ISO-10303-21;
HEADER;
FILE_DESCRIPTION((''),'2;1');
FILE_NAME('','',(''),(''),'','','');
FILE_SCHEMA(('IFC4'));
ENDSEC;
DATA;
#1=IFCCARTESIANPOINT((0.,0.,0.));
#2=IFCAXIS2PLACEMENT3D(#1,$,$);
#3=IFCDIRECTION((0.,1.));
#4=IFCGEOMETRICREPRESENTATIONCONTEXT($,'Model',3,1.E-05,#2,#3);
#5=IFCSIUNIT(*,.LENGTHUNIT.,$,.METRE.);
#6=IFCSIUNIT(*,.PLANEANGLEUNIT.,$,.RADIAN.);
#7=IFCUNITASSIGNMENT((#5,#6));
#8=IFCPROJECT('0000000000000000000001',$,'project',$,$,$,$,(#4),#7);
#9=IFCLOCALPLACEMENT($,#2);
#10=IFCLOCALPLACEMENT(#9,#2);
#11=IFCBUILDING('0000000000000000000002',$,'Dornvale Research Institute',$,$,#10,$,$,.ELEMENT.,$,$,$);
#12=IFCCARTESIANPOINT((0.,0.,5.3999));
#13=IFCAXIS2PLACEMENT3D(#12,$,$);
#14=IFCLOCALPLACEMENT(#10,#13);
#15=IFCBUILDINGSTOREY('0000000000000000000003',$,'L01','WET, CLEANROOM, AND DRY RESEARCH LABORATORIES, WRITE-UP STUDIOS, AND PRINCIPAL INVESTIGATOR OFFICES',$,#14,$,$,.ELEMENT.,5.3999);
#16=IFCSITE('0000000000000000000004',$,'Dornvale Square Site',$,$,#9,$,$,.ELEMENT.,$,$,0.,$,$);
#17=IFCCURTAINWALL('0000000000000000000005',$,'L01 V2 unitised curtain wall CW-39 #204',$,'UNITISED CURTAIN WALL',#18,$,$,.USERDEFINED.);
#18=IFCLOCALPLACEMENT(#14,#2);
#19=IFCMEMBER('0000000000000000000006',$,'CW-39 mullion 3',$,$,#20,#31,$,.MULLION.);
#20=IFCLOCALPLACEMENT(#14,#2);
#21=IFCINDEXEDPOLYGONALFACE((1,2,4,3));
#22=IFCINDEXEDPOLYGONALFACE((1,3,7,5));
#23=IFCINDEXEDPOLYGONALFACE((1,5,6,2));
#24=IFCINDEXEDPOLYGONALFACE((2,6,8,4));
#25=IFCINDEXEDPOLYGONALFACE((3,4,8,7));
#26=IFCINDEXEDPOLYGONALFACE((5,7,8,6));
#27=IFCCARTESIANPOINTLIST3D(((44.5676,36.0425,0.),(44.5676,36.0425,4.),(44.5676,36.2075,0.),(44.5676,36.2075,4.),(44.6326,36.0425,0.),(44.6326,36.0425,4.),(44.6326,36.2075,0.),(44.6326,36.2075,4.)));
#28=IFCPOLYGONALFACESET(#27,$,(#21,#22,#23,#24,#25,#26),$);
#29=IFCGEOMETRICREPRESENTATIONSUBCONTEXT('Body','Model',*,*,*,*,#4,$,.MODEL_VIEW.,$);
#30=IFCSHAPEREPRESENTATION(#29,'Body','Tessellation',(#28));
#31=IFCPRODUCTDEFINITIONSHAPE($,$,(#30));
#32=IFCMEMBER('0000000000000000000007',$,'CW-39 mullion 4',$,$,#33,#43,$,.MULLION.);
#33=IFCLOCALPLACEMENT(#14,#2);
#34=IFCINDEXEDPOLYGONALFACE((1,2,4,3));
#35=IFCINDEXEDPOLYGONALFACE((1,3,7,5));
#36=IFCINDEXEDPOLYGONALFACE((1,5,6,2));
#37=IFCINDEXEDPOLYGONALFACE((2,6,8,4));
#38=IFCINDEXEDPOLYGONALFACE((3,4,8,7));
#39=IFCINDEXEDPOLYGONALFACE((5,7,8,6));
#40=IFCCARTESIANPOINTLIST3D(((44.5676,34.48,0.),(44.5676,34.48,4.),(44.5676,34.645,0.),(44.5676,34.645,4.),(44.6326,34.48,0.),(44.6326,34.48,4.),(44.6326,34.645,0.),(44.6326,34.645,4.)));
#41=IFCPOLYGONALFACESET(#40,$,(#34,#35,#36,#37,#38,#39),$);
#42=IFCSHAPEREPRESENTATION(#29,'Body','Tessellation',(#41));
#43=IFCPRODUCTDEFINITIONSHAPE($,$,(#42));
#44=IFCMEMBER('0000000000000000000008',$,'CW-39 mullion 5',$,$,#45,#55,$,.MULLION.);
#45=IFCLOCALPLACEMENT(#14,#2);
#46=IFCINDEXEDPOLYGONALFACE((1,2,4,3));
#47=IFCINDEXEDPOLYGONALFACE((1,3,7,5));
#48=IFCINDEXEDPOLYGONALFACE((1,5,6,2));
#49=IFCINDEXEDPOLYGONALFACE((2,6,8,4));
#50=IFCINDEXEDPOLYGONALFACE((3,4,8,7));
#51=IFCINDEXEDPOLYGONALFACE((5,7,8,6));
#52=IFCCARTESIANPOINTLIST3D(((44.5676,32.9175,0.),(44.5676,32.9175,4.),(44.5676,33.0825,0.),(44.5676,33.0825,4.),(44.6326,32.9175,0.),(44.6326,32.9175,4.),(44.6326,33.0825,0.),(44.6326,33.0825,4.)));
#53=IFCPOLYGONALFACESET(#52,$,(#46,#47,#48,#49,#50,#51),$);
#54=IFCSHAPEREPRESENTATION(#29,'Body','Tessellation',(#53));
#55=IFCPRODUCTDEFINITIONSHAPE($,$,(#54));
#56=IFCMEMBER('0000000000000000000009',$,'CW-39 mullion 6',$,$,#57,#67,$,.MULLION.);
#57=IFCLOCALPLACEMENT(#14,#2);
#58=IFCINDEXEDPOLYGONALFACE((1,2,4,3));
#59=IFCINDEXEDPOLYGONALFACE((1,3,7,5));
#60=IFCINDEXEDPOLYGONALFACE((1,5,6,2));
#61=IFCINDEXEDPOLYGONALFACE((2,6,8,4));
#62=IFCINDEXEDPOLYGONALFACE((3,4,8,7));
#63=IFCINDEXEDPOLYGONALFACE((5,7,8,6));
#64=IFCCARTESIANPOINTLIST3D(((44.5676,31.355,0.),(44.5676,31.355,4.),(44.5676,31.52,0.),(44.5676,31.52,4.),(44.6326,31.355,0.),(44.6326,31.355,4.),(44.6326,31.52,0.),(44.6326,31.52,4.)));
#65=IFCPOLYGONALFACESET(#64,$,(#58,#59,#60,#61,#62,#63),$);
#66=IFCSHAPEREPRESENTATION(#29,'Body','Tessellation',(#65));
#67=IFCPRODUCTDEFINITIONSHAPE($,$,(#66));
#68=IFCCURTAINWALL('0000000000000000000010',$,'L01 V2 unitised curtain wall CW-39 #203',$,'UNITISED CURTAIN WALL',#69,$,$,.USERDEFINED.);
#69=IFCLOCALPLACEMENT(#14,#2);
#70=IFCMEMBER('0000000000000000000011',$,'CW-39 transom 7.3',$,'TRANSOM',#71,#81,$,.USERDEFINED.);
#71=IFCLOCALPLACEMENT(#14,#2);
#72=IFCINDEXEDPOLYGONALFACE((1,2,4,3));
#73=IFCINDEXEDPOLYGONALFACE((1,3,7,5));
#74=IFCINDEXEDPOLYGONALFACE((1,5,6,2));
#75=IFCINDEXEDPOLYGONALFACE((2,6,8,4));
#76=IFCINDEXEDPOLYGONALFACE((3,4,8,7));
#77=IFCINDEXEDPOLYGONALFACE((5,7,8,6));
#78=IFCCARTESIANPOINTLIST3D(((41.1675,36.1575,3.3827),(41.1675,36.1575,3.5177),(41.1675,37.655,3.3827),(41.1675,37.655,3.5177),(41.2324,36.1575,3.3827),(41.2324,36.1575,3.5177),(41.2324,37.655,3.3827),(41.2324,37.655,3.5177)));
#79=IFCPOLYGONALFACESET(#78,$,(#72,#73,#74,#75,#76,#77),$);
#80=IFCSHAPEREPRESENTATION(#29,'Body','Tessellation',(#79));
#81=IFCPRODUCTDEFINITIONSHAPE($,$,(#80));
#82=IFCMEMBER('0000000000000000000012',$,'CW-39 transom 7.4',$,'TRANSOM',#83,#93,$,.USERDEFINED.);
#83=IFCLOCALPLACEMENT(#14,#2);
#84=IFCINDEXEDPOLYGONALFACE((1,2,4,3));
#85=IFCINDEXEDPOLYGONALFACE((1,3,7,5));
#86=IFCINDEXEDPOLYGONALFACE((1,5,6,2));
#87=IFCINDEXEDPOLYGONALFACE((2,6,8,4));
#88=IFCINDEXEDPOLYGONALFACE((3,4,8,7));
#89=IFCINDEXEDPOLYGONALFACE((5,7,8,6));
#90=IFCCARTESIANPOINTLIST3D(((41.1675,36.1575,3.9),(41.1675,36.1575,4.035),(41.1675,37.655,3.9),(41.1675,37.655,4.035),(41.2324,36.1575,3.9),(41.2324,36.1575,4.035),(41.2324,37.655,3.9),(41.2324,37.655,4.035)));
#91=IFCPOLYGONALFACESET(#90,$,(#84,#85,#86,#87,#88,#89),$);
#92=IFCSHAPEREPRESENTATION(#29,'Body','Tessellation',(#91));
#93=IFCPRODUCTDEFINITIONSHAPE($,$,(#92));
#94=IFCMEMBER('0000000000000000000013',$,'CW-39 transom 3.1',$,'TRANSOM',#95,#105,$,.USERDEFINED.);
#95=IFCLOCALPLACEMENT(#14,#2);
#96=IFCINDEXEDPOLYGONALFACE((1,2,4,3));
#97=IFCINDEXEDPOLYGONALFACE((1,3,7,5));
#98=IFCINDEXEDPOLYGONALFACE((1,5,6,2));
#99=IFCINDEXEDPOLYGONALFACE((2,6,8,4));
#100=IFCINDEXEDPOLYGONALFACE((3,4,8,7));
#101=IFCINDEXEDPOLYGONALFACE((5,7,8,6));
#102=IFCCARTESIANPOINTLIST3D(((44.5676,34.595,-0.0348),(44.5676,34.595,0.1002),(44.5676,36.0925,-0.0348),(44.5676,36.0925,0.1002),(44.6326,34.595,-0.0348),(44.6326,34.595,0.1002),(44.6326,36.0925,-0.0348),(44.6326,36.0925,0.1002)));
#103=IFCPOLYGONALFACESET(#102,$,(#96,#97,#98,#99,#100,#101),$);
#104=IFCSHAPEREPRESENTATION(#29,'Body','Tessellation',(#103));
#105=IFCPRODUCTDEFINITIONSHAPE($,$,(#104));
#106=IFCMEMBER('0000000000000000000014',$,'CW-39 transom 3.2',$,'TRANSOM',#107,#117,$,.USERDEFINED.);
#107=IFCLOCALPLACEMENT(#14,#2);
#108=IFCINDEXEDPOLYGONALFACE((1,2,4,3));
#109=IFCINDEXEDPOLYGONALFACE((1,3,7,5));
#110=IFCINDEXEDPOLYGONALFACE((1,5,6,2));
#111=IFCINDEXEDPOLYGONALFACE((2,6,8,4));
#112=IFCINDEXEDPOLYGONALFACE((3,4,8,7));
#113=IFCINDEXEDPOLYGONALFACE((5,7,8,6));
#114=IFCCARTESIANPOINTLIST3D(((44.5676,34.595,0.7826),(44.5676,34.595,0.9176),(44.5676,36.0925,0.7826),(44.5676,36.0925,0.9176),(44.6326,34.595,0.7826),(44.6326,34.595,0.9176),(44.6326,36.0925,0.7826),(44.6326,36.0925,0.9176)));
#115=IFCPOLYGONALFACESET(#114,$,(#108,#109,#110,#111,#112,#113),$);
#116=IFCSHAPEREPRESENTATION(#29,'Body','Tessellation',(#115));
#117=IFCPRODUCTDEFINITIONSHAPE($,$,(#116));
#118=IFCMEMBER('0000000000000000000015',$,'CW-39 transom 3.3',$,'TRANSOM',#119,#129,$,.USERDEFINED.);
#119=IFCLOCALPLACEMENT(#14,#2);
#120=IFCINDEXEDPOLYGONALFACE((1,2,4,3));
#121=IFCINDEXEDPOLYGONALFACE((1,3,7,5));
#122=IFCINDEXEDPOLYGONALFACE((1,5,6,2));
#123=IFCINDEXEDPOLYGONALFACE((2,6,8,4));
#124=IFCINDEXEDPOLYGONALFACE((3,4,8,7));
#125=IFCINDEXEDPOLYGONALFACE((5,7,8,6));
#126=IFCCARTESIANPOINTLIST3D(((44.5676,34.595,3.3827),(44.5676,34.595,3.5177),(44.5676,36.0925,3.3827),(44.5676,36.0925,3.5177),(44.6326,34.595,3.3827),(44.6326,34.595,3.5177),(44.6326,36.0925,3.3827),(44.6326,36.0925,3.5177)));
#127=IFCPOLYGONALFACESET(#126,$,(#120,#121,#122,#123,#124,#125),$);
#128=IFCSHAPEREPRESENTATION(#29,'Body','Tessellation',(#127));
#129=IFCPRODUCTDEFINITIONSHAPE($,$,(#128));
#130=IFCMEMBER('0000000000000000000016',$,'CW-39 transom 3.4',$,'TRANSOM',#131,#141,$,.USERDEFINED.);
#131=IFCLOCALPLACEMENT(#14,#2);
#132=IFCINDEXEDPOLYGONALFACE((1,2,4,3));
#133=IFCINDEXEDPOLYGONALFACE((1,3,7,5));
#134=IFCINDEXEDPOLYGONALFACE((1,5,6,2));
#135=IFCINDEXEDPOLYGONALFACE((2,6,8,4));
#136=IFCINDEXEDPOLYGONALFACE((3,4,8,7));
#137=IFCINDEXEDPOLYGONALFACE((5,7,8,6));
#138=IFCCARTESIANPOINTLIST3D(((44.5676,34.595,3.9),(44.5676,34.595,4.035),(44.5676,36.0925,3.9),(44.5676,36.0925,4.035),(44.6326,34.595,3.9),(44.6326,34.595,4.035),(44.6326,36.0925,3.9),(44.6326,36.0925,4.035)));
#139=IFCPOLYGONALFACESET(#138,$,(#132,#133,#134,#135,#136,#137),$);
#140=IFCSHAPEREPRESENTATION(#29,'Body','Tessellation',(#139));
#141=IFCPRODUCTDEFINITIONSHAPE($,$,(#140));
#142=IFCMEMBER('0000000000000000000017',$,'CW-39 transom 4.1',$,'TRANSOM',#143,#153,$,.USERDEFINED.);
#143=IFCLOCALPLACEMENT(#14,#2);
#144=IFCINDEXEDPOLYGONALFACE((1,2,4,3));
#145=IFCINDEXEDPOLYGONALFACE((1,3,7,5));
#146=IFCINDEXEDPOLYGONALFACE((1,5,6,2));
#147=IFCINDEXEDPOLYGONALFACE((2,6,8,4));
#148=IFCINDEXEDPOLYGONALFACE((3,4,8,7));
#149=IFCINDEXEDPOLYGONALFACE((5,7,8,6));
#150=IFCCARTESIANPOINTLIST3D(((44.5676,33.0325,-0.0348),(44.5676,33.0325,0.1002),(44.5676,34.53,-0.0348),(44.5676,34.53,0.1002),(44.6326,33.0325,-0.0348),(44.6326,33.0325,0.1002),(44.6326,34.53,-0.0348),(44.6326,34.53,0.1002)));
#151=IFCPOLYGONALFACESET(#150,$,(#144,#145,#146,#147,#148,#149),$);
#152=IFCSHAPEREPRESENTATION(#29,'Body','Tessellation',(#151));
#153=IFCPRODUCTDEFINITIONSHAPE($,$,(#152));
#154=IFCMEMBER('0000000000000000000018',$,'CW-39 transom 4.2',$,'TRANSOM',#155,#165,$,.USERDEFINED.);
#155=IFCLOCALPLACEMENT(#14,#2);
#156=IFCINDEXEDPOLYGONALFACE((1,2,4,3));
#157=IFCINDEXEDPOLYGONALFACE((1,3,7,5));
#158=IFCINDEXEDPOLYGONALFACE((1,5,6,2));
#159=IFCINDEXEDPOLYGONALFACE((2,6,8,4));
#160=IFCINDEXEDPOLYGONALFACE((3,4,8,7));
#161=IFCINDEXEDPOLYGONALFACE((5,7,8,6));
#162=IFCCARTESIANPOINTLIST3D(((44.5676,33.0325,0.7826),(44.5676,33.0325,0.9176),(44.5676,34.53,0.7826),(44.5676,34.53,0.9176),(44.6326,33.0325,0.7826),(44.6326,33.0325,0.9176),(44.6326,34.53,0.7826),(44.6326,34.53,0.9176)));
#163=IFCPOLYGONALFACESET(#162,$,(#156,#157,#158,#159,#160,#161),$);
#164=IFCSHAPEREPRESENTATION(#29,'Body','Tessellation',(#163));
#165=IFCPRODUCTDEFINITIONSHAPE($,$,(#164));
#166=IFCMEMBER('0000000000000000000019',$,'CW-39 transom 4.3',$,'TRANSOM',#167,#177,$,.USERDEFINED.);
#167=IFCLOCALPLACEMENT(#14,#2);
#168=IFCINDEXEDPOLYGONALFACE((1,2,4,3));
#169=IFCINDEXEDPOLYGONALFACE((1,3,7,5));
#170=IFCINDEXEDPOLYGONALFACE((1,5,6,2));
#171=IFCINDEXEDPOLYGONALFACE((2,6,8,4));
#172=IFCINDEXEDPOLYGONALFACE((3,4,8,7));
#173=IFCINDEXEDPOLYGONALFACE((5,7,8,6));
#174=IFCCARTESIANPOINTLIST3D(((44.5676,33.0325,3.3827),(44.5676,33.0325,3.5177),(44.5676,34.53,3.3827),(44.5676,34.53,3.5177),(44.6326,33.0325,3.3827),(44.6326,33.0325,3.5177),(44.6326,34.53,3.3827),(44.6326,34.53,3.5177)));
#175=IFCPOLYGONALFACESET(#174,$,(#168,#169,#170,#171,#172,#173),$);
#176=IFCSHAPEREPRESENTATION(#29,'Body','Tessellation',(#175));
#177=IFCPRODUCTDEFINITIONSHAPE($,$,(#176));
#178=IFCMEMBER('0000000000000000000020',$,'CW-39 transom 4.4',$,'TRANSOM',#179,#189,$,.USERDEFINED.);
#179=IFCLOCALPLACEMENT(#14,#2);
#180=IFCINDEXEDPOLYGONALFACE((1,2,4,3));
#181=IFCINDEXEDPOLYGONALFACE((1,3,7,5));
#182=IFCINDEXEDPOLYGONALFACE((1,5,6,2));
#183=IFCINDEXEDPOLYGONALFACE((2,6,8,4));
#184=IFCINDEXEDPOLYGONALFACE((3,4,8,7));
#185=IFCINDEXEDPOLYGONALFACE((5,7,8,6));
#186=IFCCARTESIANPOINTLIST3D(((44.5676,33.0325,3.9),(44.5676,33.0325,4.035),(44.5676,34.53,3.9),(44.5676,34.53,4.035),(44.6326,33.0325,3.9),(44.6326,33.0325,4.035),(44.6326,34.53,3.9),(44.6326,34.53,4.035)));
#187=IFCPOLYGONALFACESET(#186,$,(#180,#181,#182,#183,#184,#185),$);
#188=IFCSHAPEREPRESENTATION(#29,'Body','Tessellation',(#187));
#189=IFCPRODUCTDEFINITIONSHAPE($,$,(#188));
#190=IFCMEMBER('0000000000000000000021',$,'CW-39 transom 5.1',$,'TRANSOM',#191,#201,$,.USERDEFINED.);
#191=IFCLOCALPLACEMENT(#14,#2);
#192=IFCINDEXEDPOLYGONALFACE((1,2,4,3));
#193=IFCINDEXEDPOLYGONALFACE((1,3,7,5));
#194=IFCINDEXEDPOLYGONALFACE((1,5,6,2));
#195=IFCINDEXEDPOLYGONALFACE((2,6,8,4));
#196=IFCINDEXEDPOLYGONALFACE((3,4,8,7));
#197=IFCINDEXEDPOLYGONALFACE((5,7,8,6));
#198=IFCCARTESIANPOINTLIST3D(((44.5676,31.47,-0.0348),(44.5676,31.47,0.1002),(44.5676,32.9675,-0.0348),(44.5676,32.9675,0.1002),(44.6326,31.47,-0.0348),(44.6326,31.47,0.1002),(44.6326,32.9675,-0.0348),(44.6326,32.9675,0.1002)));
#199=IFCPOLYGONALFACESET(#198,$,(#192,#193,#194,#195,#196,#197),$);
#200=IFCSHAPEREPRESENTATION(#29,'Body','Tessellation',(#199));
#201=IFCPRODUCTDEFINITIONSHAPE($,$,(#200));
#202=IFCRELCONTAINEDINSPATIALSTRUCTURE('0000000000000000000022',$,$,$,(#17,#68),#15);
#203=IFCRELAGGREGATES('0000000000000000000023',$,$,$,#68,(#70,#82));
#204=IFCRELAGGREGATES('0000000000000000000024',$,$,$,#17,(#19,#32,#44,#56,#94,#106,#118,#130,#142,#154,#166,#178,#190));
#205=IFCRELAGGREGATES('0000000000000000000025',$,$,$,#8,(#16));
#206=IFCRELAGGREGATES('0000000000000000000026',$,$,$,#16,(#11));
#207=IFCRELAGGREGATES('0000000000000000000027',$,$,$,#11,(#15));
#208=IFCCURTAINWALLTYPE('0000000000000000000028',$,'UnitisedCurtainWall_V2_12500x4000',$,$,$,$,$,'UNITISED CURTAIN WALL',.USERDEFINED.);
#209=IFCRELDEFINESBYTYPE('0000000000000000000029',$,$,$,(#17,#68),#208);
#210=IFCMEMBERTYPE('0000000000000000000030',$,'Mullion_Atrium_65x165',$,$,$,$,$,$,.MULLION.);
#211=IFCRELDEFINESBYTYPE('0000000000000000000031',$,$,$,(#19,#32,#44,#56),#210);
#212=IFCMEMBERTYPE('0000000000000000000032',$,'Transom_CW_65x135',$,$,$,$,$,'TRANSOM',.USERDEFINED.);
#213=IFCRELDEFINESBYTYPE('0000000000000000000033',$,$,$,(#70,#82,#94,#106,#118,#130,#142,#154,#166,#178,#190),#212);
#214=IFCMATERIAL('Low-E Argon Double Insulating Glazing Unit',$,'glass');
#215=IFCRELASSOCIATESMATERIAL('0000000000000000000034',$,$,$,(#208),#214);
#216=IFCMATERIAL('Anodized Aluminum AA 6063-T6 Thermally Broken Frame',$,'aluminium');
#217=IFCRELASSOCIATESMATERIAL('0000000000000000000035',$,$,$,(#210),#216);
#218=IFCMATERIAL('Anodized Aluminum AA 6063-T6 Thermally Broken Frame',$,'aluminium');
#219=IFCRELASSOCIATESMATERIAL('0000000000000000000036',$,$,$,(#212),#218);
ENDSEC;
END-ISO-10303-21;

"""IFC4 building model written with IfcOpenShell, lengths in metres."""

from ifc_helpers import new_model, si_unit, direction, frame, origin, origin_2d, place, context, subcontext, project, spatial, rectangle, extrude, material, material_profile, profile_set, type_object, element, aggregate, save


model = new_model("IFC4")

# Units and contexts
model_context = context("Model", 3, precision=1e-05, world=origin(), true_north=direction((0.0, 1.0)))
body_context = subcontext(model_context, "Body", "Model", "MODEL_VIEW")
ifc_project = project(units=[si_unit("LENGTHUNIT", "METRE"), si_unit("PLANEANGLEUNIT", "RADIAN")], contexts=[model_context])

# Site, building, storey
site_placement = place(None, origin())
site = spatial("IfcSite", under=ifc_project, at=site_placement, Name="Dornvale Square Site", CompositionType="ELEMENT", RefElevation=0.0)
building_placement = place(site_placement, origin())
building = spatial("IfcBuilding", under=site, at=building_placement, Name="Dornvale Research Institute", CompositionType="ELEMENT")
storey_placement = place(building_placement, frame((0.0, 0.0, 5.3999)))
storey = spatial("IfcBuildingStorey", under=building, at=storey_placement, Name="L01", Description="WET, CLEANROOM, AND DRY RESEARCH LABORATORIES, WRITE-UP STUDIOS, AND PRINCIPAL INVESTIGATOR OFFICES", CompositionType="ELEMENT", Elevation=5.3999)

# Curtain walls, members
ifc_material_1 = material(Name="Low-E Argon Double Insulating Glazing Unit", Category="glass")
curtain_wall_type = type_object("IfcCurtainWallType", Name="UnitisedCurtainWall_V2_12500x4000", ElementType="UNITISED CURTAIN WALL", PredefinedType="USERDEFINED", material=ifc_material_1)
curtain_wall_1_placement = place(storey_placement, origin())
curtain_wall_1 = element("IfcCurtainWall", 1, at=curtain_wall_1_placement, inside=storey, type_object=curtain_wall_type, Name="L01 V2 unitised curtain wall CW-39 #204", ObjectType="UNITISED CURTAIN WALL", PredefinedType="USERDEFINED")
ifc_material_2 = material(Name="Anodized Aluminum AA 6063-T6 Thermally Broken Frame", Category="aluminium")
ifc_material_profile_1 = material_profile(ifc_material_2, rectangle(XDim=0.0649, YDim=0.165, at=origin_2d()), Name="ALU MULLION 65x165")
ifc_profile_set_1 = profile_set([ifc_material_profile_1], Name="Anodized Aluminum AA 6063-T6 Thermally Broken Frame")
member_type_1 = type_object("IfcMemberType", Name="Mullion_Atrium_65x165", PredefinedType="MULLION", material=ifc_profile_set_1)
member_1_placement = place(storey_placement, frame((44.6001, 36.125, 0.0), z_axis=(0.0, 0.0, 1.0), x_axis=(1.0, 0.0, 0.0)))
member_1 = element("IfcMember", 2, at=member_1_placement, type_object=member_type_1, Name="CW-39 mullion 3", PredefinedType="MULLION", context=body_context, shape_type="SweptSolid", body=[
    extrude(rectangle(XDim=0.0649, YDim=0.165, at=origin_2d()), origin(), (0.0, 0.0, 1.0), 4.0),
])
member_2_placement = place(storey_placement, frame((44.6001, 34.5625, 0.0), z_axis=(0.0, 0.0, 1.0), x_axis=(1.0, 0.0, 0.0)))
member_2 = element("IfcMember", 3, at=member_2_placement, type_object=member_type_1, Name="CW-39 mullion 4", PredefinedType="MULLION", context=body_context, shape_type="SweptSolid", body=[
    extrude(rectangle(XDim=0.0649, YDim=0.165, at=origin_2d()), origin(), (0.0, 0.0, 1.0), 4.0),
])
member_3_placement = place(storey_placement, frame((44.6001, 33.0, 0.0), z_axis=(0.0, 0.0, 1.0), x_axis=(1.0, 0.0, 0.0)))
member_3 = element("IfcMember", 4, at=member_3_placement, type_object=member_type_1, Name="CW-39 mullion 5", PredefinedType="MULLION", context=body_context, shape_type="SweptSolid", body=[
    extrude(rectangle(XDim=0.0649, YDim=0.165, at=origin_2d()), origin(), (0.0, 0.0, 1.0), 4.0),
])
member_4_placement = place(storey_placement, frame((44.6001, 31.4375, 0.0), z_axis=(0.0, 0.0, 1.0), x_axis=(1.0, 0.0, 0.0)))
member_4 = element("IfcMember", 5, at=member_4_placement, type_object=member_type_1, Name="CW-39 mullion 6", PredefinedType="MULLION", context=body_context, shape_type="SweptSolid", body=[
    extrude(rectangle(XDim=0.0649, YDim=0.165, at=origin_2d()), origin(), (0.0, 0.0, 1.0), 4.0),
])
curtain_wall_2_placement = place(storey_placement, origin())
curtain_wall_2 = element("IfcCurtainWall", 6, at=curtain_wall_2_placement, inside=storey, type_object=curtain_wall_type, Name="L01 V2 unitised curtain wall CW-39 #203", ObjectType="UNITISED CURTAIN WALL", PredefinedType="USERDEFINED")
ifc_material_3 = material(Name="Anodized Aluminum AA 6063-T6 Thermally Broken Frame", Category="aluminium")
ifc_material_profile_2 = material_profile(ifc_material_3, rectangle(XDim=0.0649, YDim=0.135, at=origin_2d()), Name="ALU TRANSOM 65x135")
ifc_profile_set_2 = profile_set([ifc_material_profile_2], Name="Anodized Aluminum AA 6063-T6 Thermally Broken Frame")
member_type_2 = type_object("IfcMemberType", Name="Transom_CW_65x135", ElementType="TRANSOM", PredefinedType="USERDEFINED", material=ifc_profile_set_2)
member_5_placement = place(storey_placement, frame((41.2, 36.1575, 3.4502), z_axis=(0.0, 1.0, 0.0), x_axis=(-1.0, 0.0, 0.0)))
member_5 = element("IfcMember", 7, at=member_5_placement, type_object=member_type_2, Name="CW-39 transom 7.3", ObjectType="TRANSOM", PredefinedType="USERDEFINED", context=body_context, shape_type="SweptSolid", body=[
    extrude(rectangle(XDim=0.0649, YDim=0.135, at=origin_2d()), origin(), (0.0, 0.0, 1.0), 1.4976),
])
member_6_placement = place(storey_placement, frame((41.2, 36.1575, 3.9675), z_axis=(0.0, 1.0, 0.0), x_axis=(-1.0, 0.0, 0.0)))
member_6 = element("IfcMember", 8, at=member_6_placement, type_object=member_type_2, Name="CW-39 transom 7.4", ObjectType="TRANSOM", PredefinedType="USERDEFINED", context=body_context, shape_type="SweptSolid", body=[
    extrude(rectangle(XDim=0.0649, YDim=0.135, at=origin_2d()), origin(), (0.0, 0.0, 1.0), 1.4976),
])

# Members
member_7_placement = place(storey_placement, frame((44.6001, 36.0925, 0.0327), z_axis=(0.0, -1.0, 0.0), x_axis=(1.0, 0.0, 0.0)))
member_7 = element("IfcMember", 9, at=member_7_placement, type_object=member_type_2, Name="CW-39 transom 3.1", ObjectType="TRANSOM", PredefinedType="USERDEFINED", context=body_context, shape_type="SweptSolid", body=[
    extrude(rectangle(XDim=0.0649, YDim=0.135, at=origin_2d()), origin(), (0.0, 0.0, 1.0), 1.4976),
])
member_8_placement = place(storey_placement, frame((44.6001, 36.0925, 0.8501), z_axis=(0.0, -1.0, 0.0), x_axis=(1.0, 0.0, 0.0)))
member_8 = element("IfcMember", 10, at=member_8_placement, type_object=member_type_2, Name="CW-39 transom 3.2", ObjectType="TRANSOM", PredefinedType="USERDEFINED", context=body_context, shape_type="SweptSolid", body=[
    extrude(rectangle(XDim=0.0649, YDim=0.135, at=origin_2d()), origin(), (0.0, 0.0, 1.0), 1.4976),
])
member_9_placement = place(storey_placement, frame((44.6001, 36.0925, 3.4502), z_axis=(0.0, -1.0, 0.0), x_axis=(1.0, 0.0, 0.0)))
member_9 = element("IfcMember", 11, at=member_9_placement, type_object=member_type_2, Name="CW-39 transom 3.3", ObjectType="TRANSOM", PredefinedType="USERDEFINED", context=body_context, shape_type="SweptSolid", body=[
    extrude(rectangle(XDim=0.0649, YDim=0.135, at=origin_2d()), origin(), (0.0, 0.0, 1.0), 1.4976),
])
member_10_placement = place(storey_placement, frame((44.6001, 36.0925, 3.9675), z_axis=(0.0, -1.0, 0.0), x_axis=(1.0, 0.0, 0.0)))
member_10 = element("IfcMember", 12, at=member_10_placement, type_object=member_type_2, Name="CW-39 transom 3.4", ObjectType="TRANSOM", PredefinedType="USERDEFINED", context=body_context, shape_type="SweptSolid", body=[
    extrude(rectangle(XDim=0.0649, YDim=0.135, at=origin_2d()), origin(), (0.0, 0.0, 1.0), 1.4976),
])
member_11_placement = place(storey_placement, frame((44.6001, 34.53, 0.0327), z_axis=(0.0, -1.0, 0.0), x_axis=(1.0, 0.0, 0.0)))
member_11 = element("IfcMember", 13, at=member_11_placement, type_object=member_type_2, Name="CW-39 transom 4.1", ObjectType="TRANSOM", PredefinedType="USERDEFINED", context=body_context, shape_type="SweptSolid", body=[
    extrude(rectangle(XDim=0.0649, YDim=0.135, at=origin_2d()), origin(), (0.0, 0.0, 1.0), 1.4976),
])
member_12_placement = place(storey_placement, frame((44.6001, 34.53, 0.8501), z_axis=(0.0, -1.0, 0.0), x_axis=(1.0, 0.0, 0.0)))
member_12 = element("IfcMember", 14, at=member_12_placement, type_object=member_type_2, Name="CW-39 transom 4.2", ObjectType="TRANSOM", PredefinedType="USERDEFINED", context=body_context, shape_type="SweptSolid", body=[
    extrude(rectangle(XDim=0.0649, YDim=0.135, at=origin_2d()), origin(), (0.0, 0.0, 1.0), 1.4976),
])
member_13_placement = place(storey_placement, frame((44.6001, 34.53, 3.4502), z_axis=(0.0, -1.0, 0.0), x_axis=(1.0, 0.0, 0.0)))
member_13 = element("IfcMember", 15, at=member_13_placement, type_object=member_type_2, Name="CW-39 transom 4.3", ObjectType="TRANSOM", PredefinedType="USERDEFINED", context=body_context, shape_type="SweptSolid", body=[
    extrude(rectangle(XDim=0.0649, YDim=0.135, at=origin_2d()), origin(), (0.0, 0.0, 1.0), 1.4976),
])
member_14_placement = place(storey_placement, frame((44.6001, 34.53, 3.9675), z_axis=(0.0, -1.0, 0.0), x_axis=(1.0, 0.0, 0.0)))
member_14 = element("IfcMember", 16, at=member_14_placement, type_object=member_type_2, Name="CW-39 transom 4.4", ObjectType="TRANSOM", PredefinedType="USERDEFINED", context=body_context, shape_type="SweptSolid", body=[
    extrude(rectangle(XDim=0.0649, YDim=0.135, at=origin_2d()), origin(), (0.0, 0.0, 1.0), 1.4976),
])
member_15_placement = place(storey_placement, frame((44.6001, 32.9675, 0.0327), z_axis=(0.0, -1.0, 0.0), x_axis=(1.0, 0.0, 0.0)))
member_15 = element("IfcMember", 17, at=member_15_placement, type_object=member_type_2, Name="CW-39 transom 5.1", ObjectType="TRANSOM", PredefinedType="USERDEFINED", context=body_context, shape_type="SweptSolid", body=[
    extrude(rectangle(XDim=0.0649, YDim=0.135, at=origin_2d()), origin(), (0.0, 0.0, 1.0), 1.4976),
])

aggregate(curtain_wall_2, [member_5, member_6])
aggregate(curtain_wall_1, [member_1, member_2, member_3, member_4, member_7, member_8, member_9, member_10, member_11, member_12, member_13, member_14, member_15])

save(model, "model.ifc")
